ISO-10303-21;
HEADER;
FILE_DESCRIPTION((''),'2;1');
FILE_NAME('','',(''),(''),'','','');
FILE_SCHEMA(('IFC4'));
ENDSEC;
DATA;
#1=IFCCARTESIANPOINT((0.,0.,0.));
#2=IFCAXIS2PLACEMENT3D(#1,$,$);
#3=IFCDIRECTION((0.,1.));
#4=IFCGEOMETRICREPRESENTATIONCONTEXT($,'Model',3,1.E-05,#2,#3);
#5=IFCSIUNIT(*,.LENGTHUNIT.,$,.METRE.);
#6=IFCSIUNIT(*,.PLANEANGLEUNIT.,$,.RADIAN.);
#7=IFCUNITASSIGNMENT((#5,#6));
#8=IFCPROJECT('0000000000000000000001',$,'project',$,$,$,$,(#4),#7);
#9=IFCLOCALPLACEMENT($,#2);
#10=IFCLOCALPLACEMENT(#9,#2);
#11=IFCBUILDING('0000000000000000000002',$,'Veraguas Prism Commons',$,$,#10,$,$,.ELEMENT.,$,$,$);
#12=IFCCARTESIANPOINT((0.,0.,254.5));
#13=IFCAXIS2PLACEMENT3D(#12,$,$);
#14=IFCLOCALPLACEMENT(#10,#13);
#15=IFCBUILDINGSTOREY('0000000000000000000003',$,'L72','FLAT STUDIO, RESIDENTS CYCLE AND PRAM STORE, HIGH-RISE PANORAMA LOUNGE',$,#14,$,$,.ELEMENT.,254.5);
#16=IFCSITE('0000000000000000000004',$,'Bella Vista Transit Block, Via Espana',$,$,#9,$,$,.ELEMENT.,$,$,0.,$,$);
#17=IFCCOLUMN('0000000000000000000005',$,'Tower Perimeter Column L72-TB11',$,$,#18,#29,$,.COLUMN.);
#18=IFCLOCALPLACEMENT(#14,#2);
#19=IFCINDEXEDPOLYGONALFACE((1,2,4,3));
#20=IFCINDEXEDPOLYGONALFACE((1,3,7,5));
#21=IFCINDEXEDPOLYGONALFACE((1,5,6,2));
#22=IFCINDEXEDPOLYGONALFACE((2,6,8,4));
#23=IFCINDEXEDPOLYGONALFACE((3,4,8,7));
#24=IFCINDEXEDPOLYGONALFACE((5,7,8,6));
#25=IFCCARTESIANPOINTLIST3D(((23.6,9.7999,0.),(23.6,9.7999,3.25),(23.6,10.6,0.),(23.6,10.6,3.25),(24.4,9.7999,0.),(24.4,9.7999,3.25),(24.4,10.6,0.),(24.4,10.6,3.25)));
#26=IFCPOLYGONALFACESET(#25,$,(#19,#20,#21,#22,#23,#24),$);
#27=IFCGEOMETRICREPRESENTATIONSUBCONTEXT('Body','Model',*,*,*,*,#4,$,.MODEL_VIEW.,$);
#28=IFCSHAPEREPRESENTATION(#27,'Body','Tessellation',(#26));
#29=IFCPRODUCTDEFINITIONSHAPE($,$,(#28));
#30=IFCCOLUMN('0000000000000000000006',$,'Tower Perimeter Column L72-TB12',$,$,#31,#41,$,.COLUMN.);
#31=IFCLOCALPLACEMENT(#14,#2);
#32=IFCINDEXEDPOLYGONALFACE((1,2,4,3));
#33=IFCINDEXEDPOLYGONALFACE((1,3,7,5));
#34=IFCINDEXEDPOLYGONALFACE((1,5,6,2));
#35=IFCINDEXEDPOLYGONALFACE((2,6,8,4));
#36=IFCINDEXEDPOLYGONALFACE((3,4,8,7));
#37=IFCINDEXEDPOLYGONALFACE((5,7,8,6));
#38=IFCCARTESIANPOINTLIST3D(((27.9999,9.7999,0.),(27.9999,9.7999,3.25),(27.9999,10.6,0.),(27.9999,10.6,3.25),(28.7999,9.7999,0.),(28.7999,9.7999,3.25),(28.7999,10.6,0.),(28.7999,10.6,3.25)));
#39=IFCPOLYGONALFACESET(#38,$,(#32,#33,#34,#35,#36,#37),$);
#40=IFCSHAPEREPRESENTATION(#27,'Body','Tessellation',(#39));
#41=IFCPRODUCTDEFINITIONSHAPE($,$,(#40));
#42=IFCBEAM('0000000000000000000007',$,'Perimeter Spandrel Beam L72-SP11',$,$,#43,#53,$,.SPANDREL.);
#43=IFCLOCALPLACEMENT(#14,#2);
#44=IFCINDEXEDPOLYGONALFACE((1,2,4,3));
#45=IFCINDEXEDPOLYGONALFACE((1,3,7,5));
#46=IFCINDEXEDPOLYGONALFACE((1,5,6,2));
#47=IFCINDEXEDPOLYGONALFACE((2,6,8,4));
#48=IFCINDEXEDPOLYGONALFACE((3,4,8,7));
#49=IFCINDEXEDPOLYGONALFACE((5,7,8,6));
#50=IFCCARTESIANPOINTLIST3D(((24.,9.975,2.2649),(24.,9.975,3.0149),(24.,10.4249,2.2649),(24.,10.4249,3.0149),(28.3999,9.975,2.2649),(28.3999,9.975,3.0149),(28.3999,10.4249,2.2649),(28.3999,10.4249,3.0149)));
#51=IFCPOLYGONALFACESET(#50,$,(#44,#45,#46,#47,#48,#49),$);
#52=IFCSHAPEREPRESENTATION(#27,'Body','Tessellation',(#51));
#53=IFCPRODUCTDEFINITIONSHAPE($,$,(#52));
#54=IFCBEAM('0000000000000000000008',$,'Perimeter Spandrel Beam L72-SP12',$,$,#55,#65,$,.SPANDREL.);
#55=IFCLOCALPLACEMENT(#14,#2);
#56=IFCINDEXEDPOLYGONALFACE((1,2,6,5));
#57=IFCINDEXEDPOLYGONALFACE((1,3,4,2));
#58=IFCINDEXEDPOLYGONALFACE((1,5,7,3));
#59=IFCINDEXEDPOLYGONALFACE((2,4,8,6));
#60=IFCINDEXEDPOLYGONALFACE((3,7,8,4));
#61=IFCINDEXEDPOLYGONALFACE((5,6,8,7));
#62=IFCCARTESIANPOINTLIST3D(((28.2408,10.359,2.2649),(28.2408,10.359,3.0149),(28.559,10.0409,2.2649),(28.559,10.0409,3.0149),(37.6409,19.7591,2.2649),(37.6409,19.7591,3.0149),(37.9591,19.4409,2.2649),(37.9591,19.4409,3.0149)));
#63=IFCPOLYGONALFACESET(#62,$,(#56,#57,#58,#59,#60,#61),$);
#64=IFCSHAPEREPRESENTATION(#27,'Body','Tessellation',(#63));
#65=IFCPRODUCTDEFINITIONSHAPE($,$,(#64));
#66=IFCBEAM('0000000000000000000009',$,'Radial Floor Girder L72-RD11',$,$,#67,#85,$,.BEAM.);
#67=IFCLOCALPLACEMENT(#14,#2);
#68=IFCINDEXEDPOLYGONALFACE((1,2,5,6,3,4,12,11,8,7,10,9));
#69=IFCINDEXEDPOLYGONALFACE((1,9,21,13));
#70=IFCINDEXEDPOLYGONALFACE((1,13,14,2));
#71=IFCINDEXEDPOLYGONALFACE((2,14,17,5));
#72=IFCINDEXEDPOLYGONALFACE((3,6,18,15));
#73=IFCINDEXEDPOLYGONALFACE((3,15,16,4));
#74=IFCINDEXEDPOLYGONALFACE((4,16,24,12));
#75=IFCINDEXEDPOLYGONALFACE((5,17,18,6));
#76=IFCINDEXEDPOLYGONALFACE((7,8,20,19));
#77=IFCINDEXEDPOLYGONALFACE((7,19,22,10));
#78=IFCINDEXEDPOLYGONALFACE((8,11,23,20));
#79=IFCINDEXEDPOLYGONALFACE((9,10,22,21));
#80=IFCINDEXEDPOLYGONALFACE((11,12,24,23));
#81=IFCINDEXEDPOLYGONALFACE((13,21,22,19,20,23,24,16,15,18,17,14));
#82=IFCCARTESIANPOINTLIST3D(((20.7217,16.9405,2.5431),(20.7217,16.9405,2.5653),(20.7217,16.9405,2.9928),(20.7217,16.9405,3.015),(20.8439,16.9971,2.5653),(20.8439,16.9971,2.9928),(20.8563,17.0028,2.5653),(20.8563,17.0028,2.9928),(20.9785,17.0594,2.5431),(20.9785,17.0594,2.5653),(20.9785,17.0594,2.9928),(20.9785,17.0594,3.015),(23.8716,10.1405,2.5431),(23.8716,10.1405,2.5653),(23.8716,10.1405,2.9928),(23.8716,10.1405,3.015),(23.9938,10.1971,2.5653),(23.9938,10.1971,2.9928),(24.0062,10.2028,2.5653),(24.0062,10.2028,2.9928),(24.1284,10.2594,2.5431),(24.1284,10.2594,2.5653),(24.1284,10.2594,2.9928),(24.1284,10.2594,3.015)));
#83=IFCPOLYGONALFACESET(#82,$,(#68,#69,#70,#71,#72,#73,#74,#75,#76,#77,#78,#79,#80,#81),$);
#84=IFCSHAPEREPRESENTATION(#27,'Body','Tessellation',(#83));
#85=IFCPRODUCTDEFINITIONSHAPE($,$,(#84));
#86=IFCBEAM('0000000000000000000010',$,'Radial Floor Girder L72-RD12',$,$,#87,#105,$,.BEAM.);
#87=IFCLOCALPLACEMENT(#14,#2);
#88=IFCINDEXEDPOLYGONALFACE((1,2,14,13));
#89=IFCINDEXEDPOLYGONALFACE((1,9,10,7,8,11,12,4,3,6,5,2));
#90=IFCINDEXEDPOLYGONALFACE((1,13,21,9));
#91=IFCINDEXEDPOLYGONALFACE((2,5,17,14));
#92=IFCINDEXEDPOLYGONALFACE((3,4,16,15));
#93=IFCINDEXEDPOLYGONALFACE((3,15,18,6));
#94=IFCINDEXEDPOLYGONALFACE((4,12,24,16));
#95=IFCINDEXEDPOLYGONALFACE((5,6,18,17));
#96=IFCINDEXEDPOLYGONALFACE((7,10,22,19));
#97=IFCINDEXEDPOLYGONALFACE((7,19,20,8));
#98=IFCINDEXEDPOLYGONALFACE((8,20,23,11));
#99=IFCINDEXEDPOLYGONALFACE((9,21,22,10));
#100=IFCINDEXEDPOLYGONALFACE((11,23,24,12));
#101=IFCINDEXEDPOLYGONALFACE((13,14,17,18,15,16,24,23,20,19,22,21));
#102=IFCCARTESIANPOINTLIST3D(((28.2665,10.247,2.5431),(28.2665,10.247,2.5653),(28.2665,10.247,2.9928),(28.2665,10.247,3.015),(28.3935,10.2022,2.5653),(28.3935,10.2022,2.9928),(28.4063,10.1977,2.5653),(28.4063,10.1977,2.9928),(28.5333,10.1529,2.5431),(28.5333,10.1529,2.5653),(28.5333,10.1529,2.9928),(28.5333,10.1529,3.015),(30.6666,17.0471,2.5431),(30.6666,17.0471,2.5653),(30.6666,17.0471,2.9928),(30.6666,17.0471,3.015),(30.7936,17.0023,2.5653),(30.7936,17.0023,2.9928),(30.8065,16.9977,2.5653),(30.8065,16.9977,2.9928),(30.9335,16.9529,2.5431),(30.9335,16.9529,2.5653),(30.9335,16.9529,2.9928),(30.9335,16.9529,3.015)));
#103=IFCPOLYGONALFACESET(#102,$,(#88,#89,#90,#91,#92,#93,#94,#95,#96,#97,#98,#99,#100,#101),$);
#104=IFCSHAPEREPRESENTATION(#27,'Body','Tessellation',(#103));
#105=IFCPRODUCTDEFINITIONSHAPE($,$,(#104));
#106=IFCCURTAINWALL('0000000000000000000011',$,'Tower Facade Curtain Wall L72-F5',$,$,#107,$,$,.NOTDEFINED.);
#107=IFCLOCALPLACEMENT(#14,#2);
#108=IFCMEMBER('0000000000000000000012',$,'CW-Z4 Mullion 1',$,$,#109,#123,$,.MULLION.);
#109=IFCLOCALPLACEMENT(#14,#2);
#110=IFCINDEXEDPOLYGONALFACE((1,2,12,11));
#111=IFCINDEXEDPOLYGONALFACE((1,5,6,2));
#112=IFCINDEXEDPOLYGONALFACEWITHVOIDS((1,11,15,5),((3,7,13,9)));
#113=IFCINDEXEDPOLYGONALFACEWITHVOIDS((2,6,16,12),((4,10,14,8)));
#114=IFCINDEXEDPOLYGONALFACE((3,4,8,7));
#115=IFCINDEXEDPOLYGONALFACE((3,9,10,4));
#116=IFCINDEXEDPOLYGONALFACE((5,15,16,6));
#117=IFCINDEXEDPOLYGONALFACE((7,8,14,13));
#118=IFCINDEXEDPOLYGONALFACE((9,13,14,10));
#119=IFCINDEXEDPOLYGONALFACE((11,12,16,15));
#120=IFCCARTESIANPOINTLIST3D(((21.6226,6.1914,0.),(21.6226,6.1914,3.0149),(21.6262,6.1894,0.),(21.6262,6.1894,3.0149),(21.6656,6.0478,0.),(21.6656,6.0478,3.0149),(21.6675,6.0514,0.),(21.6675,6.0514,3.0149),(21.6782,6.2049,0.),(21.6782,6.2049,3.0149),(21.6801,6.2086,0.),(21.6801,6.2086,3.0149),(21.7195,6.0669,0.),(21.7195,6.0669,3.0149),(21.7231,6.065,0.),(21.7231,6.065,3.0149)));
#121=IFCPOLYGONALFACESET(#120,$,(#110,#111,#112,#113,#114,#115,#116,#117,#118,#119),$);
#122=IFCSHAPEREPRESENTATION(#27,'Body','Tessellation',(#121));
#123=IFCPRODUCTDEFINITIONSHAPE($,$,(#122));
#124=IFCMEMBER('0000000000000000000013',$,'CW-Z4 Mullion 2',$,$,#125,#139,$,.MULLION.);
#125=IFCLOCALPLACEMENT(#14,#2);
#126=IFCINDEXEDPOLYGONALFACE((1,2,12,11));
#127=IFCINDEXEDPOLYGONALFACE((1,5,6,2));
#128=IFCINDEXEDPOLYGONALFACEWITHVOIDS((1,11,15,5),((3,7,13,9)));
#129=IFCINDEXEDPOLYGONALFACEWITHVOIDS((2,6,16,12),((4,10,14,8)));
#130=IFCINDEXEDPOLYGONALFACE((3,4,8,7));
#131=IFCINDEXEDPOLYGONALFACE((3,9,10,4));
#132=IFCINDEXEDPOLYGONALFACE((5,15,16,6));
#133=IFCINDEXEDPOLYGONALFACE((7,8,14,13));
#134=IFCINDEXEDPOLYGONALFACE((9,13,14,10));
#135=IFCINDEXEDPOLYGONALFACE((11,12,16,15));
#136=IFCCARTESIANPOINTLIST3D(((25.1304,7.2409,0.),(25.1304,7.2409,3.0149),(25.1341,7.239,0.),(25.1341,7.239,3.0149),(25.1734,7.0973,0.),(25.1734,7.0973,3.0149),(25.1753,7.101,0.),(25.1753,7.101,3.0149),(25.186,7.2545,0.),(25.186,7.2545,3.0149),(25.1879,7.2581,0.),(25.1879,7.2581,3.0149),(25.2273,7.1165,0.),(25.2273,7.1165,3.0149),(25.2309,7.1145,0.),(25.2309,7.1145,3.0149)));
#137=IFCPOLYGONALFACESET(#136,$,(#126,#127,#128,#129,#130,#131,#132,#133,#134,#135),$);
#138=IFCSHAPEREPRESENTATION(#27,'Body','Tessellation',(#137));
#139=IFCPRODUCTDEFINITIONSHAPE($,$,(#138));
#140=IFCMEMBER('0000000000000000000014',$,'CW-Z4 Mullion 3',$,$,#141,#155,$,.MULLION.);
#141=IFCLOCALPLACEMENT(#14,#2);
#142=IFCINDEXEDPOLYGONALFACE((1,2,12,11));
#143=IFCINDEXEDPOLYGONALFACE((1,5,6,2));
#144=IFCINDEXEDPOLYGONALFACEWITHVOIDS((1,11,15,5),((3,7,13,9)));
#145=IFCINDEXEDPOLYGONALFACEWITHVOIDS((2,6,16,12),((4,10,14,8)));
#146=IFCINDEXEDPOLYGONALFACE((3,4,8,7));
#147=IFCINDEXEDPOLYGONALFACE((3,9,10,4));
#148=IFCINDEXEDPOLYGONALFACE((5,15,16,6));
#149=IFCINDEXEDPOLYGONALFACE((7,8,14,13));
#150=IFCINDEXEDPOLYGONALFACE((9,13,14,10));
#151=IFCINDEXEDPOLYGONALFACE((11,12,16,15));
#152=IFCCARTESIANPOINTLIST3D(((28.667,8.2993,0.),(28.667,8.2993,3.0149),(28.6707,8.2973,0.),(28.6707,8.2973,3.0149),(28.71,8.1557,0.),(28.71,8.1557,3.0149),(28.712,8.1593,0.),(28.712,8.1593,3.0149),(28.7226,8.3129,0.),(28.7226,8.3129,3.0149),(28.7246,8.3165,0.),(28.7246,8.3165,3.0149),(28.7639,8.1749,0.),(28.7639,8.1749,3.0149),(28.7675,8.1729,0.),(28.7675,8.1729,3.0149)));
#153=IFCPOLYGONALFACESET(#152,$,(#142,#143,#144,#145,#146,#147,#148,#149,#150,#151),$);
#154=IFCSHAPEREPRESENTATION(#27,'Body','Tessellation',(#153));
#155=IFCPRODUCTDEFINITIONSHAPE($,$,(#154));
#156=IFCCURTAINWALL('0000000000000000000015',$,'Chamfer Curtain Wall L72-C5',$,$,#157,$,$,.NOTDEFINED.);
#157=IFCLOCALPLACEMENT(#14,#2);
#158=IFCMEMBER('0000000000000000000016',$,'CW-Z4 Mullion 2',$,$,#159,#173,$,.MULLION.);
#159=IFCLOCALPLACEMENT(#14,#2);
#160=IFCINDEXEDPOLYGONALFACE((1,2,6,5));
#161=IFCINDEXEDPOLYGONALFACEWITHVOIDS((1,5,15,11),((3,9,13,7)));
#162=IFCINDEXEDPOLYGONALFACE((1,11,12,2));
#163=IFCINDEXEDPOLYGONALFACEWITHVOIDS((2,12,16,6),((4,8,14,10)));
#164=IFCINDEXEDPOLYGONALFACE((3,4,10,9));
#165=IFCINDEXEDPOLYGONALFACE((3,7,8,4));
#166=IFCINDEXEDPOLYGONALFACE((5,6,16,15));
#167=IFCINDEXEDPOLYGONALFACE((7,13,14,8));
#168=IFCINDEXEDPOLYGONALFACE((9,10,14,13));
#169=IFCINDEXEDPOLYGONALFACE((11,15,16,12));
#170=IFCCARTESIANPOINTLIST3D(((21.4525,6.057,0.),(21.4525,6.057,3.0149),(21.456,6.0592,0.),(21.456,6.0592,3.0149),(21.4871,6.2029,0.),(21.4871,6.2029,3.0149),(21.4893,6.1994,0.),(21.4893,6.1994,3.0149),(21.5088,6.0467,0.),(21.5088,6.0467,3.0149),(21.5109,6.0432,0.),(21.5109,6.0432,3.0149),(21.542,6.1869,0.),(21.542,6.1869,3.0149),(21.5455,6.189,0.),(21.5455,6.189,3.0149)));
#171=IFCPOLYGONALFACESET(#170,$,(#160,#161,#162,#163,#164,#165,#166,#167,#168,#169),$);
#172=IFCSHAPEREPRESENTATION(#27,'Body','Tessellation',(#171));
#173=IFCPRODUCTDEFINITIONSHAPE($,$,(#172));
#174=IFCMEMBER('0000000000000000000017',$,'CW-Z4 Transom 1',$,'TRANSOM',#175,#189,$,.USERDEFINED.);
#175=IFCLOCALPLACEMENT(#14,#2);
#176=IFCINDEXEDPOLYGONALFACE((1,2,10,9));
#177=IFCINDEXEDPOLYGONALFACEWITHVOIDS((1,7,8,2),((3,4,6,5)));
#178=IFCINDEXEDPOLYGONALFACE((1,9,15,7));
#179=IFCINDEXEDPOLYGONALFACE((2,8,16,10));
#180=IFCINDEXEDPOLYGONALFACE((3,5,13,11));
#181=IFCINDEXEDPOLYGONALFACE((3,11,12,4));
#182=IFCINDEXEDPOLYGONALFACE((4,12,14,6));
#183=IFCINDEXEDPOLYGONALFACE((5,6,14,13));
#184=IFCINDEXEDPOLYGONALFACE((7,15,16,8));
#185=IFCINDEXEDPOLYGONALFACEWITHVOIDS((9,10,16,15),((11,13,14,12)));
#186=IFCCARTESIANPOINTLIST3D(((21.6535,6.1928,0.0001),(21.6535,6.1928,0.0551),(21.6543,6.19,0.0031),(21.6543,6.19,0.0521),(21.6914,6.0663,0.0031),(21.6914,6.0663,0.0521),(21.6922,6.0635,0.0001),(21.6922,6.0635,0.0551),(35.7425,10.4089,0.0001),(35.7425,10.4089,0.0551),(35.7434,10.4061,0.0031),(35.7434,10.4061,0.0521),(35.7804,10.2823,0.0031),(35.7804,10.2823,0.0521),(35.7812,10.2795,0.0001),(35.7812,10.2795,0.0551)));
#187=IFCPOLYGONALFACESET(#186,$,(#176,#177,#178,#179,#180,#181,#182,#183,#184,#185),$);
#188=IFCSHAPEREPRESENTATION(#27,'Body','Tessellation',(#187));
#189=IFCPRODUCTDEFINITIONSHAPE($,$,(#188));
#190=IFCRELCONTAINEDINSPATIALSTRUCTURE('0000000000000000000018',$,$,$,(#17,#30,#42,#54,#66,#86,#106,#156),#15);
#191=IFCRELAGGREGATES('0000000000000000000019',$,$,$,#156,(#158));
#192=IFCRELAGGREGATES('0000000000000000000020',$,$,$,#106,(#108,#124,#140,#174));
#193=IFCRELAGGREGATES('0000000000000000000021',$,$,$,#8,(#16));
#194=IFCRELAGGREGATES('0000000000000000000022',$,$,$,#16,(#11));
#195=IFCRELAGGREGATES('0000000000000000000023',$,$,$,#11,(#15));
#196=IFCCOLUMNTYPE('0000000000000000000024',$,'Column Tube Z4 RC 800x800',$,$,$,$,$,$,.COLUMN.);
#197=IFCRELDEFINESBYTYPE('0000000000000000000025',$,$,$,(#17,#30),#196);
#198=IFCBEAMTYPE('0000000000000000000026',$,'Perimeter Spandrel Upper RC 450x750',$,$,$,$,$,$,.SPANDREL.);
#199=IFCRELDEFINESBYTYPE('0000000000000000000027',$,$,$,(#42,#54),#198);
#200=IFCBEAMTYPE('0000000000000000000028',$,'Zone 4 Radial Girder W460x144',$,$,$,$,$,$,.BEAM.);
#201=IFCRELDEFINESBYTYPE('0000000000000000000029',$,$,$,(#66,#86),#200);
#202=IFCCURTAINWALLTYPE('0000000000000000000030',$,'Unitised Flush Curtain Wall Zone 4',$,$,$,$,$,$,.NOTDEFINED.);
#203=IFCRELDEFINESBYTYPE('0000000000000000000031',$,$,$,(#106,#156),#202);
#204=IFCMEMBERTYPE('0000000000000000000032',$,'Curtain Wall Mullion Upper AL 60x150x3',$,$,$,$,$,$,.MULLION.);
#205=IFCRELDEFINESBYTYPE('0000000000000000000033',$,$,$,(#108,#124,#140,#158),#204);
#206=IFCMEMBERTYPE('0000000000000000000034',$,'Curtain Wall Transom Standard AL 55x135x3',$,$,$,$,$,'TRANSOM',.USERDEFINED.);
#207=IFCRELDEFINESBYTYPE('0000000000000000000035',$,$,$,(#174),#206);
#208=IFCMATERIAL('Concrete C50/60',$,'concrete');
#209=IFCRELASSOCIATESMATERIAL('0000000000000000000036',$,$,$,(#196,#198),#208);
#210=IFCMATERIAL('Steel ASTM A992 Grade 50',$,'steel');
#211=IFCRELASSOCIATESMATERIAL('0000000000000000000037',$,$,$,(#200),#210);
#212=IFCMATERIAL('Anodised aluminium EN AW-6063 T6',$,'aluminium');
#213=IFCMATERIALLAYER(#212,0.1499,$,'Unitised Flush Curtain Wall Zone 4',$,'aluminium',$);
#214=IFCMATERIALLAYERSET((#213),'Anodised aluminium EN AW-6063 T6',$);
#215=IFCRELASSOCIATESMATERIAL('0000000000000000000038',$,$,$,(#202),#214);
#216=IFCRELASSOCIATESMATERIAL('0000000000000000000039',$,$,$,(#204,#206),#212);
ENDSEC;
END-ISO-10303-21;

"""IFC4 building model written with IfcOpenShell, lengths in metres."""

from ifc_helpers import new_model, si_unit, direction, frame, origin, origin_2d, place, context, subcontext, project, spatial, rectangle, hollow_rectangle, i_section, extrude, source, transform, mapped, material, layer, layer_set, material_profile, profile_set, type_object, element, aggregate, save


model = new_model("IFC4")

# Units and contexts
model_context = context("Model", 3, precision=1e-05, world=origin(), true_north=direction((0.0, 1.0)))
body_context = subcontext(model_context, "Body", "Model", "MODEL_VIEW")
ifc_project = project(units=[si_unit("LENGTHUNIT", "METRE"), si_unit("PLANEANGLEUNIT", "RADIAN")], contexts=[model_context])

# Site, building, storey
site_placement = place(None, origin())
site = spatial("IfcSite", under=ifc_project, at=site_placement, Name="Bella Vista Transit Block, Via Espana", CompositionType="ELEMENT", RefElevation=0.0)
building_placement = place(site_placement, origin())
building = spatial("IfcBuilding", under=site, at=building_placement, Name="Veraguas Prism Commons", CompositionType="ELEMENT")
storey_placement = place(building_placement, frame((0.0, 0.0, 254.5)))
storey = spatial("IfcBuildingStorey", under=building, at=storey_placement, Name="L72", Description="FLAT STUDIO, RESIDENTS CYCLE AND PRAM STORE, HIGH-RISE PANORAMA LOUNGE", CompositionType="ELEMENT", Elevation=254.5)

# Columns
ifc_material_1 = material(Name="Concrete C50/60", Category="concrete")
ifc_material_profile_1 = material_profile(ifc_material_1, rectangle(XDim=0.8, YDim=0.8, at=origin_2d()), Name="RC800X800")
ifc_profile_set_1 = profile_set([ifc_material_profile_1], Name="Concrete C50/60")
column_type = type_object("IfcColumnType", Name="Column Tube Z4 RC 800x800", PredefinedType="COLUMN", material=ifc_profile_set_1)
for number, where, z_axis, x_axis, name in (
    (1, (24.0, 10.2, 0.0), (0.0, 0.0, 1.0), (1.0, 0.0, 0.0), "Tower Perimeter Column L72-TB11"),
    (2, (28.3999, 10.2, 0.0), (0.0, 0.0, 1.0), (1.0, 0.0, 0.0), "Tower Perimeter Column L72-TB12"),
):
    element("IfcColumn", number, at=place(storey_placement, frame(where, z_axis=z_axis, x_axis=x_axis)), inside=storey, type_object=column_type, Name=name, PredefinedType="COLUMN", context=body_context, shape_type="SweptSolid", body=[
        extrude(rectangle(XDim=0.8, YDim=0.8, at=origin_2d()), origin(), (0.0, 0.0, 1.0), 3.25),
    ])

# Beams
ifc_material_profile_2 = material_profile(ifc_material_1, rectangle(XDim=0.45, YDim=0.75, at=origin_2d()), Name="RC450X750")
ifc_profile_set_2 = profile_set([ifc_material_profile_2], Name="Concrete C50/60")
beam_type_1 = type_object("IfcBeamType", Name="Perimeter Spandrel Upper RC 450x750", PredefinedType="SPANDREL", material=ifc_profile_set_2)
beam_1_placement = place(storey_placement, frame((24.0, 10.2, 2.6399), z_axis=(1.0, 0.0, 0.0), x_axis=(0.0, 1.0, 0.0)))
element("IfcBeam", 3, at=beam_1_placement, inside=storey, type_object=beam_type_1, Name="Perimeter Spandrel Beam L72-SP11", PredefinedType="SPANDREL", context=body_context, shape_type="SweptSolid", body=[
    extrude(rectangle(XDim=0.45, YDim=0.75, at=origin_2d()), origin(), (0.0, 0.0, 1.0), 4.3999),
])
beam_2_placement = place(storey_placement, frame((28.3999, 10.2, 2.6399), z_axis=(0.707107, 0.707107, 0.0), x_axis=(-0.707107, 0.707107, 0.0)))
element("IfcBeam", 4, at=beam_2_placement, inside=storey, type_object=beam_type_1, Name="Perimeter Spandrel Beam L72-SP12", PredefinedType="SPANDREL", context=body_context, shape_type="SweptSolid", body=[
    extrude(rectangle(XDim=0.45, YDim=0.75, at=origin_2d()), origin(), (0.0, 0.0, 1.0), 13.2937),
])
ifc_material_2 = material(Name="Steel ASTM A992 Grade 50", Category="steel")
ifc_material_profile_3 = material_profile(ifc_material_2, i_section(OverallWidth=0.283, OverallDepth=0.4719, WebThickness=0.0137, FlangeThickness=0.0222, at=origin_2d()), Name="W460X144")
ifc_profile_set_3 = profile_set([ifc_material_profile_3], Name="Steel ASTM A992 Grade 50")
beam_type_2 = type_object("IfcBeamType", Name="Zone 4 Radial Girder W460x144", PredefinedType="BEAM", material=ifc_profile_set_3)
beam_3_placement = place(storey_placement, frame((24.0, 10.2, 2.7791), z_axis=(-0.420314, 0.907379, 0.0), x_axis=(-0.907379, -0.420314, 0.0)))
element("IfcBeam", 5, at=beam_3_placement, inside=storey, type_object=beam_type_2, Name="Radial Floor Girder L72-RD11", PredefinedType="BEAM", context=body_context, shape_type="SweptSolid", body=[
    extrude(i_section(OverallWidth=0.283, OverallDepth=0.4719, WebThickness=0.0137, FlangeThickness=0.0222, at=origin_2d()), origin(), (0.0, 0.0, 1.0), 7.4941),
])
beam_4_placement = place(storey_placement, frame((28.3999, 10.2, 2.7791), z_axis=(0.332836, 0.942985, 0.0), x_axis=(-0.942985, 0.332836, 0.0)))
element("IfcBeam", 6, at=beam_4_placement, inside=storey, type_object=beam_type_2, Name="Radial Floor Girder L72-RD12", PredefinedType="BEAM", context=body_context, shape_type="SweptSolid", body=[
    extrude(i_section(OverallWidth=0.283, OverallDepth=0.4719, WebThickness=0.0137, FlangeThickness=0.0222, at=origin_2d()), origin(), (0.0, 0.0, 1.0), 7.2112),
])

# Curtain wall, members
ifc_material_3 = material(Name="Anodised aluminium EN AW-6063 T6", Category="aluminium")
ifc_layer_1 = layer(ifc_material_3, 0.1499, Name="Unitised Flush Curtain Wall Zone 4", Category="aluminium")
ifc_layer_set_1 = layer_set([ifc_layer_1], Name="Anodised aluminium EN AW-6063 T6")
curtain_wall_type = type_object("IfcCurtainWallType", Name="Unitised Flush Curtain Wall Zone 4", PredefinedType="NOTDEFINED", material=ifc_layer_set_1)
curtain_wall_1_placement = place(storey_placement, origin())
curtain_wall_1 = element("IfcCurtainWall", 7, at=curtain_wall_1_placement, inside=storey, type_object=curtain_wall_type, Name="Tower Facade Curtain Wall L72-F5", PredefinedType="NOTDEFINED")
ifc_material_profile_4 = material_profile(ifc_material_3, hollow_rectangle(XDim=0.0601, YDim=0.1499, WallThickness=0.0029, at=origin_2d()), Name="AL60X150X3")
ifc_profile_set_4 = profile_set([ifc_material_profile_4], Name="Anodised aluminium EN AW-6063 T6")
member_type_1 = type_object("IfcMemberType", Name="Curtain Wall Mullion Upper AL 60x150x3", PredefinedType="MULLION", material=ifc_profile_set_4)
shared_shape_1 = source(origin(), body_context, "Body", "SweptSolid", [
    extrude(hollow_rectangle(XDim=0.0601, YDim=0.1499, WallThickness=0.0029, at=origin_2d()), origin(), (0.0, 0.0, 1.0), 3.0149),
])
member_1_placement = place(storey_placement, frame((21.6729, 6.1282, 0.0), z_axis=(0.0, 0.0, 1.0), x_axis=(0.958023, 0.286692, 0.0)))
member_1 = element("IfcMember", 8, at=member_1_placement, type_object=member_type_1, Name="CW-Z4 Mullion 1", PredefinedType="MULLION", context=body_context, shape_type="MappedRepresentation", body=[
    mapped(shared_shape_1, transform((0.0, 0.0, 0.0), scale=1.0)),
])
member_2_placement = place(storey_placement, frame((25.1807, 7.1777, 0.0), z_axis=(0.0, 0.0, 1.0), x_axis=(0.958023, 0.286692, 0.0)))
member_2 = element("IfcMember", 9, at=member_2_placement, type_object=member_type_1, Name="CW-Z4 Mullion 2", PredefinedType="MULLION", context=body_context, shape_type="MappedRepresentation", body=[
    mapped(shared_shape_1, transform((0.0, 0.0, 0.0), scale=1.0)),
])
member_3_placement = place(storey_placement, frame((28.7173, 8.2361, 0.0), z_axis=(0.0, 0.0, 1.0), x_axis=(0.958023, 0.286692, 0.0)))
member_3 = element("IfcMember", 10, at=member_3_placement, type_object=member_type_1, Name="CW-Z4 Mullion 3", PredefinedType="MULLION", context=body_context, shape_type="MappedRepresentation", body=[
    mapped(shared_shape_1, transform((0.0, 0.0, 0.0), scale=1.0)),
])

# Curtain wall, member
curtain_wall_2_placement = place(storey_placement, origin())
curtain_wall_2 = element("IfcCurtainWall", 11, at=curtain_wall_2_placement, inside=storey, type_object=curtain_wall_type, Name="Chamfer Curtain Wall L72-C5", PredefinedType="NOTDEFINED")
member_4_placement = place(storey_placement, frame((21.499, 6.123, 0.0), z_axis=(0.0, 0.0, 1.0), x_axis=(0.97301, -0.230761, 0.0)))
member_4 = element("IfcMember", 12, at=member_4_placement, type_object=member_type_1, Name="CW-Z4 Mullion 2", PredefinedType="MULLION", context=body_context, shape_type="MappedRepresentation", body=[
    mapped(shared_shape_1, transform((0.0, 0.0, 0.0), scale=1.0)),
])
aggregate(curtain_wall_2, [member_4])

# Member
ifc_material_profile_5 = material_profile(ifc_material_3, hollow_rectangle(XDim=0.0549, YDim=0.135, WallThickness=0.0029, at=origin_2d()), Name="AL55X135X3")
ifc_profile_set_5 = profile_set([ifc_material_profile_5], Name="Anodised aluminium EN AW-6063 T6")
member_type_2 = type_object("IfcMemberType", Name="Curtain Wall Transom Standard AL 55x135x3", ElementType="TRANSOM", PredefinedType="USERDEFINED", material=ifc_profile_set_5)
shared_shape_2 = source(origin(), body_context, "Body", "SweptSolid", [
    extrude(hollow_rectangle(XDim=0.0549, YDim=0.135, WallThickness=0.0029, at=origin_2d()), origin(), (0.0, 0.0, 1.0), 14.7063),
])
member_5_placement = place(storey_placement, frame((21.6729, 6.1282, 0.0276), z_axis=(0.958026, 0.286682, 0.0), x_axis=(0.0, 0.0, 1.0)))
member_5 = element("IfcMember", 13, at=member_5_placement, type_object=member_type_2, Name="CW-Z4 Transom 1", ObjectType="TRANSOM", PredefinedType="USERDEFINED", context=body_context, shape_type="MappedRepresentation", body=[
    mapped(shared_shape_2, transform((0.0, 0.0, 0.0), scale=1.0)),
])

aggregate(curtain_wall_1, [member_1, member_2, member_3, member_5])

save(model, "model.ifc")
